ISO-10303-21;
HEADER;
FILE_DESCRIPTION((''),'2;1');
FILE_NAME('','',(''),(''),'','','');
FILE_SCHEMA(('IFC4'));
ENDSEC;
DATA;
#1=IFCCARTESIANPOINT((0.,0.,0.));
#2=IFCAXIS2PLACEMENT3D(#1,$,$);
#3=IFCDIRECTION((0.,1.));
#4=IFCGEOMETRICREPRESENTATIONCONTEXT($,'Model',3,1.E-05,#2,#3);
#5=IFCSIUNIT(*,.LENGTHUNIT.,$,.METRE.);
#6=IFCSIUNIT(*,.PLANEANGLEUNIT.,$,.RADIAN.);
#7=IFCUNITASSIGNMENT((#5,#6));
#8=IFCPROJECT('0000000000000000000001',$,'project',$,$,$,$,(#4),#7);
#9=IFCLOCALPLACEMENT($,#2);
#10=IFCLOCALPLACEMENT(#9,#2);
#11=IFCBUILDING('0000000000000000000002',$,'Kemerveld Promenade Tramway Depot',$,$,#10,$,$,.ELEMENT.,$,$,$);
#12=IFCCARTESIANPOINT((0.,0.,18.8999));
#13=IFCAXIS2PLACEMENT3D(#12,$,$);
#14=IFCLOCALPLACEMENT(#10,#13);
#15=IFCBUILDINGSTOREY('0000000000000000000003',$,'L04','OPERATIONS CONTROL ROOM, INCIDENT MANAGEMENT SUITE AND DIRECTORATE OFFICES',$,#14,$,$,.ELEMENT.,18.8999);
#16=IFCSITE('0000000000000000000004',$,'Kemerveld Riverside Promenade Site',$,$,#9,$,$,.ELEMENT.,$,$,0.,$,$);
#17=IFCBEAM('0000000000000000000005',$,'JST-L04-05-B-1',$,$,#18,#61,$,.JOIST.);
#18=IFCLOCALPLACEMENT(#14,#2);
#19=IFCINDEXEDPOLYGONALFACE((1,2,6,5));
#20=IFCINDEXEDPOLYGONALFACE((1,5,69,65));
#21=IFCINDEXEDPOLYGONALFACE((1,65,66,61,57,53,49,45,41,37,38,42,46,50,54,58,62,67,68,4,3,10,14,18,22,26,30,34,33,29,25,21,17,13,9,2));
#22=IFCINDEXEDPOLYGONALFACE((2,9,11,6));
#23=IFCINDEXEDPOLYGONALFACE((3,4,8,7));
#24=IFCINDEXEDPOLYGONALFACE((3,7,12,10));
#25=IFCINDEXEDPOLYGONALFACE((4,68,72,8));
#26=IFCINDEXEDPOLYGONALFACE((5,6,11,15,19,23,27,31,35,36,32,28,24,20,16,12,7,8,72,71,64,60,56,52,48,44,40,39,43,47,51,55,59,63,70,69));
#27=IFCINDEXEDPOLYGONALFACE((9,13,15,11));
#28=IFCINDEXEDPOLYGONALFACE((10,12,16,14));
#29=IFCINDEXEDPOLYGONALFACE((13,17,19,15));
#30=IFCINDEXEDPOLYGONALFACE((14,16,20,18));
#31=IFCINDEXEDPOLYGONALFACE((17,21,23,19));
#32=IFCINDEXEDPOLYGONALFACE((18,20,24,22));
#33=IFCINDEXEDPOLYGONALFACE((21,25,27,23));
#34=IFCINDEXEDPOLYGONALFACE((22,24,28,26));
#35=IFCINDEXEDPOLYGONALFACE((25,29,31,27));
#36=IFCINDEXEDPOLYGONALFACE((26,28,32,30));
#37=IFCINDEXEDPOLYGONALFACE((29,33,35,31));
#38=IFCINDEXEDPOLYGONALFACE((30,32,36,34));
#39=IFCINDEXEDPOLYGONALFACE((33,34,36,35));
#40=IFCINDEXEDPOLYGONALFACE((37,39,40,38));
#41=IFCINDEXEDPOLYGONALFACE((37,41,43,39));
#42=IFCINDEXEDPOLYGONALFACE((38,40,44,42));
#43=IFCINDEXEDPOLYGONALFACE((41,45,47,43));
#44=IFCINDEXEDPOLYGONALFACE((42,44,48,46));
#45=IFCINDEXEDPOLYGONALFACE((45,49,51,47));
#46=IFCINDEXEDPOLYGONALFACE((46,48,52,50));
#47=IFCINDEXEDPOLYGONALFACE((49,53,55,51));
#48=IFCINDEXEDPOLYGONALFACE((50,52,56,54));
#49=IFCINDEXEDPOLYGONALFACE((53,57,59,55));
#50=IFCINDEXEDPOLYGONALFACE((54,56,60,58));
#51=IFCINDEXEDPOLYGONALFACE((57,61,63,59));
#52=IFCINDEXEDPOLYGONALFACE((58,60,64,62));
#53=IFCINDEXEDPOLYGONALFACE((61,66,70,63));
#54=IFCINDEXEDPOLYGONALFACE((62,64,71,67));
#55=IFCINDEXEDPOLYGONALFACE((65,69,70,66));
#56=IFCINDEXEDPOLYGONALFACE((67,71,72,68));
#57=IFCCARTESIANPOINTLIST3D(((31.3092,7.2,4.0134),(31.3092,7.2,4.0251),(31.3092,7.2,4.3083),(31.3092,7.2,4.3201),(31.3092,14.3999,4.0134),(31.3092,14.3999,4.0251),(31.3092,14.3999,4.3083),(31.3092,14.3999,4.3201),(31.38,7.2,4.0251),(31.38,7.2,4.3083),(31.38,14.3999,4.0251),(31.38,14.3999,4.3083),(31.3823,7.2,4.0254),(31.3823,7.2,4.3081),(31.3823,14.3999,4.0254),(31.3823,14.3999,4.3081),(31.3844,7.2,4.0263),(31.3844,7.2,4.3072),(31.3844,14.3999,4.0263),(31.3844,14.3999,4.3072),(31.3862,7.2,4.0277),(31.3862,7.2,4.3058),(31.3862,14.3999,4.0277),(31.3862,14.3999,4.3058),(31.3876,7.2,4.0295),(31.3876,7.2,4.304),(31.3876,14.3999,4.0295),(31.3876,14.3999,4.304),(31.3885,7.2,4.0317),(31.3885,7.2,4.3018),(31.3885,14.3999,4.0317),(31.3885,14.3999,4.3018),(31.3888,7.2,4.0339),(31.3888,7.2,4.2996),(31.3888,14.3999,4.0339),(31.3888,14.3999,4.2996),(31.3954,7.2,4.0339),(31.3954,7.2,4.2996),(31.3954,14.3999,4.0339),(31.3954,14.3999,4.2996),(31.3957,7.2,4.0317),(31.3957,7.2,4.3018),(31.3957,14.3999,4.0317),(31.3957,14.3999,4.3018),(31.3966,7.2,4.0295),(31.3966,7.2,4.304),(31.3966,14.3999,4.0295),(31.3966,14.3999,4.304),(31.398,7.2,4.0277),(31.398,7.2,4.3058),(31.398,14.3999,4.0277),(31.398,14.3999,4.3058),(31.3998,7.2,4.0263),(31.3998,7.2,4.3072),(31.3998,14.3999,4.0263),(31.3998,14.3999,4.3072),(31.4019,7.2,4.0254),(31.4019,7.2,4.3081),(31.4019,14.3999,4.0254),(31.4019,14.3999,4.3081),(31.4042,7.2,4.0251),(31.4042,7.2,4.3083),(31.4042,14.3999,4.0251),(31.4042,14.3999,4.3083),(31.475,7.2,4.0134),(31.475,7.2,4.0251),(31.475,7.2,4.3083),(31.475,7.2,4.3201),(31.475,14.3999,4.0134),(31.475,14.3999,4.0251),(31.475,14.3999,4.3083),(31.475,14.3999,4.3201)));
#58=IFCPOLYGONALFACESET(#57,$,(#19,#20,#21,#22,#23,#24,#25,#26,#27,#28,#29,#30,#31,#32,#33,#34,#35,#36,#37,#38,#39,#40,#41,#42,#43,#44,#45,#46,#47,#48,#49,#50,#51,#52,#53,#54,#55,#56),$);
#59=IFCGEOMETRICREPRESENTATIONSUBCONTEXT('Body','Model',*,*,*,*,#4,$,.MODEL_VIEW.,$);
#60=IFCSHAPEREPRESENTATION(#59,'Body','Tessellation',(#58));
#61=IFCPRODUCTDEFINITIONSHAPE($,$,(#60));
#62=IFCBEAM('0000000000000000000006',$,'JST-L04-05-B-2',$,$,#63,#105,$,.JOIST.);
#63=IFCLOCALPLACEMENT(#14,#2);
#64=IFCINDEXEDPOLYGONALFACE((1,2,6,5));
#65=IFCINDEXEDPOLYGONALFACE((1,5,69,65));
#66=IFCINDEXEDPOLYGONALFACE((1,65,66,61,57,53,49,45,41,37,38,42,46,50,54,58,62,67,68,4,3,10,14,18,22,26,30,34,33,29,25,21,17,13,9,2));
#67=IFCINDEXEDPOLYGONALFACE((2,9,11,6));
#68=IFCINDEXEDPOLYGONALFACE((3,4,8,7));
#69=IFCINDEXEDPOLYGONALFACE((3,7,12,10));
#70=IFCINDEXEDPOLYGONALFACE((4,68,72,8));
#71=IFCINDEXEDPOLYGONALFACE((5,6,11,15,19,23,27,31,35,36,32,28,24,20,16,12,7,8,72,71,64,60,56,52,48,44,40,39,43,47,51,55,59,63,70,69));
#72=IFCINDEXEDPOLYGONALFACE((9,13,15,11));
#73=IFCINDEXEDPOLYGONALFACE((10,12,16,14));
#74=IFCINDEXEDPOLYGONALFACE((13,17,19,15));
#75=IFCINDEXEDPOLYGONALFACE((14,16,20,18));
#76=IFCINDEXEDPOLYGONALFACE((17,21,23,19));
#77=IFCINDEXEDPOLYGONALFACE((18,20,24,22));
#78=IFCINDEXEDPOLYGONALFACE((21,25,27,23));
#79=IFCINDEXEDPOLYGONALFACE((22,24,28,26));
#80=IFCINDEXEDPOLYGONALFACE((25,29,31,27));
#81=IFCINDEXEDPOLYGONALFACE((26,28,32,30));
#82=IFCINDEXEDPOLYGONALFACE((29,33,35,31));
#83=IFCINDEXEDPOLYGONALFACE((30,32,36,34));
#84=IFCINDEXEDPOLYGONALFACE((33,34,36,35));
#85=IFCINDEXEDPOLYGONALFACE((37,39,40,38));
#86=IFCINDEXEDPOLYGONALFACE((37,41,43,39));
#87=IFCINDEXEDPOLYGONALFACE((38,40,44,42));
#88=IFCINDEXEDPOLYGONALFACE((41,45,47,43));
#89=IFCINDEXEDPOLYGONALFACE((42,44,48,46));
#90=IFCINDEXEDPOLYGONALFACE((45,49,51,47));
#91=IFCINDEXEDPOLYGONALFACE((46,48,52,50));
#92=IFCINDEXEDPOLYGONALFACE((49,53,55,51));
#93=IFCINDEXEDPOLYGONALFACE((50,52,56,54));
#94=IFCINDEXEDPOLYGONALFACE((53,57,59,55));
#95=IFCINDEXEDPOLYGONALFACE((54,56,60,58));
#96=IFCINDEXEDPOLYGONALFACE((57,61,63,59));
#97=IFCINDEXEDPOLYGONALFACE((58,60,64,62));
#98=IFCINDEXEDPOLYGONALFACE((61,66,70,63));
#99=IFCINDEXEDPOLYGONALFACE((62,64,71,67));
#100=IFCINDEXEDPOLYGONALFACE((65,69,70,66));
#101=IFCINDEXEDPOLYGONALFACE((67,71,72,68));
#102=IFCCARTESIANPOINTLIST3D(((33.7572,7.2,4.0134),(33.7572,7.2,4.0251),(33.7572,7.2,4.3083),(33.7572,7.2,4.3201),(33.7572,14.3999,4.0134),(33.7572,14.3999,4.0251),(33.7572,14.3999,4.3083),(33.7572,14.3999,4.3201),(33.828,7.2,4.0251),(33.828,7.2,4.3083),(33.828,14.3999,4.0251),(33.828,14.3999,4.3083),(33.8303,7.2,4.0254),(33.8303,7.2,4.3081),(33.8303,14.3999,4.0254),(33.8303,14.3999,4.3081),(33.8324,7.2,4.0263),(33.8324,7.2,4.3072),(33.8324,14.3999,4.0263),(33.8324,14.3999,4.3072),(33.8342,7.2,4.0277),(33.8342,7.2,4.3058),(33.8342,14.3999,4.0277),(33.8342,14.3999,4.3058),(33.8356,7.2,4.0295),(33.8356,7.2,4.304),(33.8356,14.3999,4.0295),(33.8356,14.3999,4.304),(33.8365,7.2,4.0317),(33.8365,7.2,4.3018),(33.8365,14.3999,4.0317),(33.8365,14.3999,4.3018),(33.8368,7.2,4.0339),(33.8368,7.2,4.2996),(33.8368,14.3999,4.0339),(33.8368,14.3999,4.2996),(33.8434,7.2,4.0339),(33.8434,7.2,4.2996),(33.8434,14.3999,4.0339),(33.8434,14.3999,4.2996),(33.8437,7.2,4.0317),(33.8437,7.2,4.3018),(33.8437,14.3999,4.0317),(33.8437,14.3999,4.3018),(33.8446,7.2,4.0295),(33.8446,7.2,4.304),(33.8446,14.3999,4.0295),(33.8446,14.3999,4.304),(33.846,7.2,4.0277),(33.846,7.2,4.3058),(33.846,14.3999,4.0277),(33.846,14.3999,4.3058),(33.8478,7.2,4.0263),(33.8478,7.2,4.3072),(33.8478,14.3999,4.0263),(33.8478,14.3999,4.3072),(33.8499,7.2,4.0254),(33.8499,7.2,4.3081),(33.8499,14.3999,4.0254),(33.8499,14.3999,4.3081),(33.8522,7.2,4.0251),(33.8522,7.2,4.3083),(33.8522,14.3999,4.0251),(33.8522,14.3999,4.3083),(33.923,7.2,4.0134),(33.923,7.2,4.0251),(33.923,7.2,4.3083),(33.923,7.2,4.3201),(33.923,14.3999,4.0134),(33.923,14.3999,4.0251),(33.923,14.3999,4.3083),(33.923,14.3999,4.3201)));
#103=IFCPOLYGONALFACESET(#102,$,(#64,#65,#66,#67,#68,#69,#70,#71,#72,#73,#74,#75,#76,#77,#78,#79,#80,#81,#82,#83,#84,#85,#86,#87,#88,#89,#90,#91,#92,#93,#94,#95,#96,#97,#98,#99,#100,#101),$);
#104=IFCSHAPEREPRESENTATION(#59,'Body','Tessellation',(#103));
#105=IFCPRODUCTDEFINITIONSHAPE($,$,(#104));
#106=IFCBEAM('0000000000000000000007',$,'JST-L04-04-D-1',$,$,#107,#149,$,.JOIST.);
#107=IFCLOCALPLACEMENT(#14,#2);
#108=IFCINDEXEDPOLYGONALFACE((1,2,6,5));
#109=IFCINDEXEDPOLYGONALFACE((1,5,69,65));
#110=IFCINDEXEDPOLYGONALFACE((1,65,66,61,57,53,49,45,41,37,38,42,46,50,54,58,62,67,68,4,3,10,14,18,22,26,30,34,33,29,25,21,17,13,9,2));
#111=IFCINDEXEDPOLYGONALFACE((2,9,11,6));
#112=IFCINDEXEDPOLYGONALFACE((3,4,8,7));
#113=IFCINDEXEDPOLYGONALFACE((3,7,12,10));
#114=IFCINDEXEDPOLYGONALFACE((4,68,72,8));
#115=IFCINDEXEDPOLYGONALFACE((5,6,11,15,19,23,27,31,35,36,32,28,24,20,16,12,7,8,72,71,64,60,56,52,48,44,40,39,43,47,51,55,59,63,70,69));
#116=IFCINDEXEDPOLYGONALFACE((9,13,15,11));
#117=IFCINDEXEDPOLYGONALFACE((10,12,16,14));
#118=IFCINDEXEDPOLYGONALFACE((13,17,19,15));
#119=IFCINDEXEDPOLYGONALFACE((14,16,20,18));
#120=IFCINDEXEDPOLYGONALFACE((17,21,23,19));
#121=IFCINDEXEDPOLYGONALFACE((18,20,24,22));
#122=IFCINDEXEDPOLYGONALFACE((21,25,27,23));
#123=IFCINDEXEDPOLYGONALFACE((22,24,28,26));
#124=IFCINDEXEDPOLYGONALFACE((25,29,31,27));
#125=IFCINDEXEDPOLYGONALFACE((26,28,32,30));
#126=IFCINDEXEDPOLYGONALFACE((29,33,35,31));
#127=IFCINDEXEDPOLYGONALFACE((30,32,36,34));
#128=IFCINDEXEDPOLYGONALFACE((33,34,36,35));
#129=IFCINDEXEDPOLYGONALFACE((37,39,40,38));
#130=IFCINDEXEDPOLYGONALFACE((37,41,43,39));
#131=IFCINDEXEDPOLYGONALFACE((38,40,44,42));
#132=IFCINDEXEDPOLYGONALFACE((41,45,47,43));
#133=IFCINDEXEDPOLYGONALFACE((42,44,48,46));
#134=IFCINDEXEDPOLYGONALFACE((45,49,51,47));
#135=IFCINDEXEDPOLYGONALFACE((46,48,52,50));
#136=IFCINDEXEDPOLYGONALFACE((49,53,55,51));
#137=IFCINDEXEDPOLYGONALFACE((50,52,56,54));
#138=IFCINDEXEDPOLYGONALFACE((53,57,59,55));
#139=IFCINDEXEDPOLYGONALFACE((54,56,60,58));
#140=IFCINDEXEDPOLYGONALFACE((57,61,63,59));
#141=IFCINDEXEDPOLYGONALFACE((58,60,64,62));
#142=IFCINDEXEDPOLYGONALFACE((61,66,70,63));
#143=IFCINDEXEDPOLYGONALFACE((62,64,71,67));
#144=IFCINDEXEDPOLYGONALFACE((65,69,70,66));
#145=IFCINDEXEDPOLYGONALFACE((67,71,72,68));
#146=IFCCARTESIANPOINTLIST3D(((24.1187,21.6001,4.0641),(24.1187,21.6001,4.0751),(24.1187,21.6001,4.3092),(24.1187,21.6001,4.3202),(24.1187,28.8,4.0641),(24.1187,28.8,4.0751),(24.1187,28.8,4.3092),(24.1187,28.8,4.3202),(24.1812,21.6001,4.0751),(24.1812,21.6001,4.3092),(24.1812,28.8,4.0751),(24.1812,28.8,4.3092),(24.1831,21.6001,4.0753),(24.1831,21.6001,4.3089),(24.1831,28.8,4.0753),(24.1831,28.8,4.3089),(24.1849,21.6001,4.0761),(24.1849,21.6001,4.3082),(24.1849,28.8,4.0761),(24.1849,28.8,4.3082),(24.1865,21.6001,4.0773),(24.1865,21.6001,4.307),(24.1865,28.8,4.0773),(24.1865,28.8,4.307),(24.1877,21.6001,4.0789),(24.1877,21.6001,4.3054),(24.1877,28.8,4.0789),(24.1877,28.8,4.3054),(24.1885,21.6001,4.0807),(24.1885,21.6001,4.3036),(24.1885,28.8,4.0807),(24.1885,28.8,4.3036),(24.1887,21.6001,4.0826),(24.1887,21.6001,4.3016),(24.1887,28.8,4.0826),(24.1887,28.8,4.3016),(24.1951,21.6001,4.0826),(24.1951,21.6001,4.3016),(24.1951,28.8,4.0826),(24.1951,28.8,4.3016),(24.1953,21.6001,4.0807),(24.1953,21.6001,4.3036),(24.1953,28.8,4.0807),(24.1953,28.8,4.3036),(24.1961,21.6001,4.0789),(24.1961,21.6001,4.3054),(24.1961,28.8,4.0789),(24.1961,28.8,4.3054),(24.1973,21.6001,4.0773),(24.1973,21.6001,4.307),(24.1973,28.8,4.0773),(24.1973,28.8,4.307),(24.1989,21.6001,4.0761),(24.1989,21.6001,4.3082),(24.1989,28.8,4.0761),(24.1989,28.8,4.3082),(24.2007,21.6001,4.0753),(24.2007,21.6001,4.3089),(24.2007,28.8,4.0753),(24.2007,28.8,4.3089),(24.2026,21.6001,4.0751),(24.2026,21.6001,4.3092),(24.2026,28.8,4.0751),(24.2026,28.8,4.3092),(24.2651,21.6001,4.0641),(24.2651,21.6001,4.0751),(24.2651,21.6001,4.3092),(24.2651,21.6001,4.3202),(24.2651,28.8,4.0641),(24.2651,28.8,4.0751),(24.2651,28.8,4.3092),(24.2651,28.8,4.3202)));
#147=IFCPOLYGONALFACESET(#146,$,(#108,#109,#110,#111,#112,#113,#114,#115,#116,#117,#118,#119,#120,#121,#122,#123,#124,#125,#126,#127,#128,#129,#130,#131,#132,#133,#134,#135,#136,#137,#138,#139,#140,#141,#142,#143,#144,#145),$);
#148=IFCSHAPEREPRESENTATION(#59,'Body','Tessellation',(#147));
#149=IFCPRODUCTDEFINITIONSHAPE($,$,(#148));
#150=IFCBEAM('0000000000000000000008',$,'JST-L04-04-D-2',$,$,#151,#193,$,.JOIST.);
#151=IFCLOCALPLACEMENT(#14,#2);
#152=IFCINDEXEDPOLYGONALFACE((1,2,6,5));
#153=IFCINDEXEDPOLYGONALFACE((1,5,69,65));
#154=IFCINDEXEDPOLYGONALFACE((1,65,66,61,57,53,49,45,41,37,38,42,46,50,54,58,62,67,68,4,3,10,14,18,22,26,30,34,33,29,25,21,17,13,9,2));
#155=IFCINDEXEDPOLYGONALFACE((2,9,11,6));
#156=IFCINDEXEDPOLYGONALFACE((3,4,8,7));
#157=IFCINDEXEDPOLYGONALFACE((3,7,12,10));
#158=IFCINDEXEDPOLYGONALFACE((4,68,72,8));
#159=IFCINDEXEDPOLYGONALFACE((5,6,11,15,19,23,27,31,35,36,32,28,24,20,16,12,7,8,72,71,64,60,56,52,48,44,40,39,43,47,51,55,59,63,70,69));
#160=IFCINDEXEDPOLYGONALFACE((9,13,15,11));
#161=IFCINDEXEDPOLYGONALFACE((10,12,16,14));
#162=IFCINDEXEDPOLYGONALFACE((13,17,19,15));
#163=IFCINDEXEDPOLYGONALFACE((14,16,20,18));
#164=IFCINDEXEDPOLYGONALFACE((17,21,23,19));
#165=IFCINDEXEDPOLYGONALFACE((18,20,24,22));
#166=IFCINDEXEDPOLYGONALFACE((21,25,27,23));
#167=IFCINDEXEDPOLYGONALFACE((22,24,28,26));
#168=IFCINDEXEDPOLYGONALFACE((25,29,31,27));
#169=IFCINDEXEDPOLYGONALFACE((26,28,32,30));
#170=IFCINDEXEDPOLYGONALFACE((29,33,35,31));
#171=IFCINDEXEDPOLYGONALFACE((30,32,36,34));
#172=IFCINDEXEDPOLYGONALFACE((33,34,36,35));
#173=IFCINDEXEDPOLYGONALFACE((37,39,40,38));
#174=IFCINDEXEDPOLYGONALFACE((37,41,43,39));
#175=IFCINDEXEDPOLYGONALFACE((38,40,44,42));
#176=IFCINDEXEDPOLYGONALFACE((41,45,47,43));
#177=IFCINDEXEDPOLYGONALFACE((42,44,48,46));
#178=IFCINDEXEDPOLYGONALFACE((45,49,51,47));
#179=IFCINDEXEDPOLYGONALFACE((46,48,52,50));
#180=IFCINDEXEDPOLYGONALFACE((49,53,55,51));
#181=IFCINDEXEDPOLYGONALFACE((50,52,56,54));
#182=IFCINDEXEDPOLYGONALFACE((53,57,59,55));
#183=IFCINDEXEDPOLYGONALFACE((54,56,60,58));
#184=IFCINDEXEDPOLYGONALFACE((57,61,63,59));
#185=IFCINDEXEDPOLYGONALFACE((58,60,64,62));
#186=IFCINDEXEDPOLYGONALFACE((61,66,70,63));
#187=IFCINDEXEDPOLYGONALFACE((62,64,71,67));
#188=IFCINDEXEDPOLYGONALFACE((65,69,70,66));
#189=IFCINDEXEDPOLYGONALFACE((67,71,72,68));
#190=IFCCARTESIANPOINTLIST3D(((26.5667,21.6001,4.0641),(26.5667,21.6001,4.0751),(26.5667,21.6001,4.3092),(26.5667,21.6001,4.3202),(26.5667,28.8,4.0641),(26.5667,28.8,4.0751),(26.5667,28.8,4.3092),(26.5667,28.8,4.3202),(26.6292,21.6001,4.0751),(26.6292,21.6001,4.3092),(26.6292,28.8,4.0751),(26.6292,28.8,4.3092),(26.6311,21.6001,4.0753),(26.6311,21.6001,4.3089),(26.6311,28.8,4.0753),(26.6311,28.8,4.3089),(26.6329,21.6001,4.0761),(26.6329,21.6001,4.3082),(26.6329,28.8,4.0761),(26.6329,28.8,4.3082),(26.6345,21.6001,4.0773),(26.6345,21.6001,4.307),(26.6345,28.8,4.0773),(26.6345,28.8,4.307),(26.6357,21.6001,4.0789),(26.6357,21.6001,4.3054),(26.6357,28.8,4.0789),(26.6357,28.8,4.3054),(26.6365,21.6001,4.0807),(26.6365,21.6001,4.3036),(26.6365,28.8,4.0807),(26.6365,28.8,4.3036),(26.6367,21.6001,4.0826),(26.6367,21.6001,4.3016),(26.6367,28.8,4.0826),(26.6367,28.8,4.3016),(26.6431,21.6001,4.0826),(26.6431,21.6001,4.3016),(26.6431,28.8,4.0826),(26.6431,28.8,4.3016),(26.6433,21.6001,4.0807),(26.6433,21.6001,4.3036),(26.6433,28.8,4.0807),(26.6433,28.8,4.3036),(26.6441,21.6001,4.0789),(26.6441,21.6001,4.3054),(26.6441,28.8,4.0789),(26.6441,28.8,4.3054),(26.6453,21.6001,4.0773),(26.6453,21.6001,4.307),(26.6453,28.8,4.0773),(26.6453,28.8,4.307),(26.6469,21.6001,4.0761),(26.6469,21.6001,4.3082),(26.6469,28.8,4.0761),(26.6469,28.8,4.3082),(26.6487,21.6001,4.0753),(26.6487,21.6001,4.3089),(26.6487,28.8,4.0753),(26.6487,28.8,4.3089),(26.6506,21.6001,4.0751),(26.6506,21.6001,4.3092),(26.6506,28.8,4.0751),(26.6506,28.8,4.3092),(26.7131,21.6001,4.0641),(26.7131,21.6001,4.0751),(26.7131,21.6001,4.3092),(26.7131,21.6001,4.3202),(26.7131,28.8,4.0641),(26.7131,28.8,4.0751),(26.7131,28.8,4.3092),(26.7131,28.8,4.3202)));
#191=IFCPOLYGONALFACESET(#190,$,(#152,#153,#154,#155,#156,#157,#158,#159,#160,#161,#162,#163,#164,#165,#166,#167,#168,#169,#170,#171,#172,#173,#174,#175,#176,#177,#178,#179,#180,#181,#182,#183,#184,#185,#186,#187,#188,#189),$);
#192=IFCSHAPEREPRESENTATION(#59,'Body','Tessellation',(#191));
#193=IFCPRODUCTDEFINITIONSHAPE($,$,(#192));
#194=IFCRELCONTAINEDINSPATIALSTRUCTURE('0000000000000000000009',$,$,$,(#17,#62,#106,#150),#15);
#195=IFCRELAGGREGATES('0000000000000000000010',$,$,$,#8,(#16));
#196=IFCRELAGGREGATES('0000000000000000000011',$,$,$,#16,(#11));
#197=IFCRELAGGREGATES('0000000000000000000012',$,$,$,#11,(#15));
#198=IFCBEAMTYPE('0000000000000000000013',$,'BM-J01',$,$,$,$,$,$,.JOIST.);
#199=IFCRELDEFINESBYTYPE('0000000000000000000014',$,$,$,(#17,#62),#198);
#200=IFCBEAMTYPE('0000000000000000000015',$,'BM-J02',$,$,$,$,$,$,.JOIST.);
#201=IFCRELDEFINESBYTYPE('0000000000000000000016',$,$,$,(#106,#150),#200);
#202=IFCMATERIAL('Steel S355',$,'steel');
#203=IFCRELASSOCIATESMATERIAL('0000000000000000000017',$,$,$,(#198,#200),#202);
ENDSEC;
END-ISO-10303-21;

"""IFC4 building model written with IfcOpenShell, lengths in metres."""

from ifc_helpers import new_model, si_unit, direction, frame, origin, origin_2d, place, context, subcontext, project, spatial, i_section, extrude, material, material_profile, profile_set, type_object, element, save


model = new_model("IFC4")

# Units and contexts
model_context = context("Model", 3, precision=1e-05, world=origin(), true_north=direction((0.0, 1.0)))
body_context = subcontext(model_context, "Body", "Model", "MODEL_VIEW")
ifc_project = project(units=[si_unit("LENGTHUNIT", "METRE"), si_unit("PLANEANGLEUNIT", "RADIAN")], contexts=[model_context])

# Site, building, storey
site_placement = place(None, origin())
site = spatial("IfcSite", under=ifc_project, at=site_placement, Name="Kemerveld Riverside Promenade Site", CompositionType="ELEMENT", RefElevation=0.0)
building_placement = place(site_placement, origin())
building = spatial("IfcBuilding", under=site, at=building_placement, Name="Kemerveld Promenade Tramway Depot", CompositionType="ELEMENT")
storey_placement = place(building_placement, frame((0.0, 0.0, 18.8999)))
storey = spatial("IfcBuildingStorey", under=building, at=storey_placement, Name="L04", Description="OPERATIONS CONTROL ROOM, INCIDENT MANAGEMENT SUITE AND DIRECTORATE OFFICES", CompositionType="ELEMENT", Elevation=18.8999)

# Shared definitions
ifc_material = material(Name="Steel S355", Category="steel")

# Beams
ifc_material_profile_1 = material_profile(ifc_material, i_section(OverallWidth=0.1658, OverallDepth=0.3066, WebThickness=0.0066, FlangeThickness=0.0117, FilletRadius=0.0088, at=origin_2d()), Name="305x165x46 UB")
ifc_profile_set_1 = profile_set([ifc_material_profile_1], Name="Steel S355")
beam_type_1 = type_object("IfcBeamType", Name="BM-J01", PredefinedType="JOIST", material=ifc_profile_set_1)
for number, where, z_axis, x_axis, name in (
    (1, (31.3921, 7.2, 4.1667), (0.0, 1.0, 0.0), (-1.0, 0.0, 0.0), "JST-L04-05-B-1"),
    (2, (33.8401, 7.2, 4.1667), (0.0, 1.0, 0.0), (-1.0, 0.0, 0.0), "JST-L04-05-B-2"),
):
    element("IfcBeam", number, at=place(storey_placement, frame(where, z_axis=z_axis, x_axis=x_axis)), inside=storey, type_object=beam_type_1, Name=name, PredefinedType="JOIST", context=body_context, shape_type="SweptSolid", body=[
        extrude(i_section(OverallWidth=0.1658, OverallDepth=0.3066, WebThickness=0.0066, FlangeThickness=0.0117, FilletRadius=0.0088, at=origin_2d()), origin(), (0.0, 0.0, 1.0), 7.2),
    ])
ifc_material_profile_2 = material_profile(ifc_material, i_section(OverallWidth=0.1465, OverallDepth=0.2561, WebThickness=0.0063, FlangeThickness=0.011, FilletRadius=0.0076, at=origin_2d()), Name="254x146x37 UB")
ifc_profile_set_2 = profile_set([ifc_material_profile_2], Name="Steel S355")
beam_type_2 = type_object("IfcBeamType", Name="BM-J02", PredefinedType="JOIST", material=ifc_profile_set_2)
for number, where, z_axis, x_axis, name in (
    (3, (24.1919, 21.6001, 4.1921), (0.0, 1.0, 0.0), (-1.0, 0.0, 0.0), "JST-L04-04-D-1"),
    (4, (26.6399, 21.6001, 4.1921), (0.0, 1.0, 0.0), (-1.0, 0.0, 0.0), "JST-L04-04-D-2"),
):
    element("IfcBeam", number, at=place(storey_placement, frame(where, z_axis=z_axis, x_axis=x_axis)), inside=storey, type_object=beam_type_2, Name=name, PredefinedType="JOIST", context=body_context, shape_type="SweptSolid", body=[
        extrude(i_section(OverallWidth=0.1465, OverallDepth=0.2561, WebThickness=0.0063, FlangeThickness=0.011, FilletRadius=0.0076, at=origin_2d()), origin(), (0.0, 0.0, 1.0), 7.2),
    ])

save(model, "model.ifc")
